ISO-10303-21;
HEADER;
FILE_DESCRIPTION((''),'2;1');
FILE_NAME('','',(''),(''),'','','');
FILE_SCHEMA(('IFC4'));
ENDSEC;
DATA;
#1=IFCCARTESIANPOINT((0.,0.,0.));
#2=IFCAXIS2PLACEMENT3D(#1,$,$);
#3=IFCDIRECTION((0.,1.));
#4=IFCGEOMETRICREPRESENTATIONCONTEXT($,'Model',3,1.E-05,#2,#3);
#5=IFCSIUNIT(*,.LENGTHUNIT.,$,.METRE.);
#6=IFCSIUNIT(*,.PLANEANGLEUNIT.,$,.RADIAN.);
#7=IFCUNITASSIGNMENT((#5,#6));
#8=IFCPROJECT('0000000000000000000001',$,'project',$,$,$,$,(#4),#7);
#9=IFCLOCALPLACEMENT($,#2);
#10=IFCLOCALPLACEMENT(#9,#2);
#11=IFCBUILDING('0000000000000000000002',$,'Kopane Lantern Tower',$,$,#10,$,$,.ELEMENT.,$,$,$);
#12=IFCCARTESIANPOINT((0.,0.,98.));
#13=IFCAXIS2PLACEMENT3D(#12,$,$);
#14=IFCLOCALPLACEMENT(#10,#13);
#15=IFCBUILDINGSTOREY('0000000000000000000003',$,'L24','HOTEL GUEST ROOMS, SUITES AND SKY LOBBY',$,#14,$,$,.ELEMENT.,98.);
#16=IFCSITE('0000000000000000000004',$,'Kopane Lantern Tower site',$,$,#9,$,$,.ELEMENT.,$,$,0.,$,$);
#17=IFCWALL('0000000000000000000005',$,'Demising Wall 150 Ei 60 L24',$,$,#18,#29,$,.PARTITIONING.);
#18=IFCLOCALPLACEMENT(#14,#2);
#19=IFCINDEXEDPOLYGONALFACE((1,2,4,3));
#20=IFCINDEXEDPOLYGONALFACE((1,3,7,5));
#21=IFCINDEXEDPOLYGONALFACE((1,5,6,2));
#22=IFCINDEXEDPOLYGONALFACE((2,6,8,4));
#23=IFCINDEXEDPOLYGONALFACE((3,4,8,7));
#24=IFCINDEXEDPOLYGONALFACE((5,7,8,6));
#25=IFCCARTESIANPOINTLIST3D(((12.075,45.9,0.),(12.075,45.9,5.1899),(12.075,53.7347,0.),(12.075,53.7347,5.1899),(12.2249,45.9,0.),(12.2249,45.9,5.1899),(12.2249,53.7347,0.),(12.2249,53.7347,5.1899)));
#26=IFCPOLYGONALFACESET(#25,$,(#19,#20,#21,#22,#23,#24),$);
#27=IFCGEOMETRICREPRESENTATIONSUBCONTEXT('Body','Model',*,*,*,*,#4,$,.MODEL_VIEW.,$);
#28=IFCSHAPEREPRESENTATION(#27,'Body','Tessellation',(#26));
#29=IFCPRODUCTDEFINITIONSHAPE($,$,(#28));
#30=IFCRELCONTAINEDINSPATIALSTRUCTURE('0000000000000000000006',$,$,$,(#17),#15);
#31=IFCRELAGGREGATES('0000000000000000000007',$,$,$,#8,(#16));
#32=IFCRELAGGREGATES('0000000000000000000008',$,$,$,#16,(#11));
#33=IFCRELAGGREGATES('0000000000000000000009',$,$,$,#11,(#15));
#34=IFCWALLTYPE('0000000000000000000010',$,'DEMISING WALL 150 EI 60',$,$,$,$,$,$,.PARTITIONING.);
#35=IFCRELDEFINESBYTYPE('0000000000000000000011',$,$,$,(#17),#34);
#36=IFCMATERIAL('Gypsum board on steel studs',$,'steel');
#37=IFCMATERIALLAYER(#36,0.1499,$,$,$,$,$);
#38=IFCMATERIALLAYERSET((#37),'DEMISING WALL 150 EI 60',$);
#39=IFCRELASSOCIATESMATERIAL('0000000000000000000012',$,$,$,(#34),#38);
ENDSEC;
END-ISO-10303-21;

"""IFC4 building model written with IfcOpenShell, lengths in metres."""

from ifc_helpers import new_model, si_unit, direction, frame, frame_2d, origin, place, context, subcontext, project, spatial, rectangle, extrude, material, layer, layer_set, type_object, element, save


model = new_model("IFC4")

# Units and contexts
model_context = context("Model", 3, precision=1e-05, world=origin(), true_north=direction((0.0, 1.0)))
body_context = subcontext(model_context, "Body", "Model", "MODEL_VIEW")
ifc_project = project(units=[si_unit("LENGTHUNIT", "METRE"), si_unit("PLANEANGLEUNIT", "RADIAN")], contexts=[model_context])

# Site, building, storey
site_placement = place(None, origin())
site = spatial("IfcSite", under=ifc_project, at=site_placement, Name="Kopane Lantern Tower site", CompositionType="ELEMENT", RefElevation=0.0)
building_placement = place(site_placement, origin())
building = spatial("IfcBuilding", under=site, at=building_placement, Name="Kopane Lantern Tower", CompositionType="ELEMENT")
storey_placement = place(building_placement, frame((0.0, 0.0, 98.0)))
storey = spatial("IfcBuildingStorey", under=building, at=storey_placement, Name="L24", Description="HOTEL GUEST ROOMS, SUITES AND SKY LOBBY", CompositionType="ELEMENT", Elevation=98.0)

# Wall
ifc_material_1 = material(Name="Gypsum board on steel studs", Category="steel")
ifc_layer_1 = layer(ifc_material_1, 0.1499)
ifc_layer_set_1 = layer_set([ifc_layer_1], Name="DEMISING WALL 150 EI 60")
wall_type = type_object("IfcWallType", Name="DEMISING WALL 150 EI 60", PredefinedType="PARTITIONING", material=ifc_layer_set_1)
wall_placement = place(storey_placement, frame((12.1499, 45.8999, 0.0), z_axis=(0.0, 0.0, 1.0), x_axis=(0.0, 1.0, 0.0)))
element("IfcWall", 1, at=wall_placement, inside=storey, type_object=wall_type, Name="Demising Wall 150 Ei 60 L24", PredefinedType="PARTITIONING", context=body_context, shape_type="SweptSolid", body=[
    extrude(rectangle(XDim=7.8347, YDim=0.1499, at=frame_2d((3.9175, 0.0))), origin(), (0.0, 0.0, 1.0), 5.1899),
])

save(model, "model.ifc")
